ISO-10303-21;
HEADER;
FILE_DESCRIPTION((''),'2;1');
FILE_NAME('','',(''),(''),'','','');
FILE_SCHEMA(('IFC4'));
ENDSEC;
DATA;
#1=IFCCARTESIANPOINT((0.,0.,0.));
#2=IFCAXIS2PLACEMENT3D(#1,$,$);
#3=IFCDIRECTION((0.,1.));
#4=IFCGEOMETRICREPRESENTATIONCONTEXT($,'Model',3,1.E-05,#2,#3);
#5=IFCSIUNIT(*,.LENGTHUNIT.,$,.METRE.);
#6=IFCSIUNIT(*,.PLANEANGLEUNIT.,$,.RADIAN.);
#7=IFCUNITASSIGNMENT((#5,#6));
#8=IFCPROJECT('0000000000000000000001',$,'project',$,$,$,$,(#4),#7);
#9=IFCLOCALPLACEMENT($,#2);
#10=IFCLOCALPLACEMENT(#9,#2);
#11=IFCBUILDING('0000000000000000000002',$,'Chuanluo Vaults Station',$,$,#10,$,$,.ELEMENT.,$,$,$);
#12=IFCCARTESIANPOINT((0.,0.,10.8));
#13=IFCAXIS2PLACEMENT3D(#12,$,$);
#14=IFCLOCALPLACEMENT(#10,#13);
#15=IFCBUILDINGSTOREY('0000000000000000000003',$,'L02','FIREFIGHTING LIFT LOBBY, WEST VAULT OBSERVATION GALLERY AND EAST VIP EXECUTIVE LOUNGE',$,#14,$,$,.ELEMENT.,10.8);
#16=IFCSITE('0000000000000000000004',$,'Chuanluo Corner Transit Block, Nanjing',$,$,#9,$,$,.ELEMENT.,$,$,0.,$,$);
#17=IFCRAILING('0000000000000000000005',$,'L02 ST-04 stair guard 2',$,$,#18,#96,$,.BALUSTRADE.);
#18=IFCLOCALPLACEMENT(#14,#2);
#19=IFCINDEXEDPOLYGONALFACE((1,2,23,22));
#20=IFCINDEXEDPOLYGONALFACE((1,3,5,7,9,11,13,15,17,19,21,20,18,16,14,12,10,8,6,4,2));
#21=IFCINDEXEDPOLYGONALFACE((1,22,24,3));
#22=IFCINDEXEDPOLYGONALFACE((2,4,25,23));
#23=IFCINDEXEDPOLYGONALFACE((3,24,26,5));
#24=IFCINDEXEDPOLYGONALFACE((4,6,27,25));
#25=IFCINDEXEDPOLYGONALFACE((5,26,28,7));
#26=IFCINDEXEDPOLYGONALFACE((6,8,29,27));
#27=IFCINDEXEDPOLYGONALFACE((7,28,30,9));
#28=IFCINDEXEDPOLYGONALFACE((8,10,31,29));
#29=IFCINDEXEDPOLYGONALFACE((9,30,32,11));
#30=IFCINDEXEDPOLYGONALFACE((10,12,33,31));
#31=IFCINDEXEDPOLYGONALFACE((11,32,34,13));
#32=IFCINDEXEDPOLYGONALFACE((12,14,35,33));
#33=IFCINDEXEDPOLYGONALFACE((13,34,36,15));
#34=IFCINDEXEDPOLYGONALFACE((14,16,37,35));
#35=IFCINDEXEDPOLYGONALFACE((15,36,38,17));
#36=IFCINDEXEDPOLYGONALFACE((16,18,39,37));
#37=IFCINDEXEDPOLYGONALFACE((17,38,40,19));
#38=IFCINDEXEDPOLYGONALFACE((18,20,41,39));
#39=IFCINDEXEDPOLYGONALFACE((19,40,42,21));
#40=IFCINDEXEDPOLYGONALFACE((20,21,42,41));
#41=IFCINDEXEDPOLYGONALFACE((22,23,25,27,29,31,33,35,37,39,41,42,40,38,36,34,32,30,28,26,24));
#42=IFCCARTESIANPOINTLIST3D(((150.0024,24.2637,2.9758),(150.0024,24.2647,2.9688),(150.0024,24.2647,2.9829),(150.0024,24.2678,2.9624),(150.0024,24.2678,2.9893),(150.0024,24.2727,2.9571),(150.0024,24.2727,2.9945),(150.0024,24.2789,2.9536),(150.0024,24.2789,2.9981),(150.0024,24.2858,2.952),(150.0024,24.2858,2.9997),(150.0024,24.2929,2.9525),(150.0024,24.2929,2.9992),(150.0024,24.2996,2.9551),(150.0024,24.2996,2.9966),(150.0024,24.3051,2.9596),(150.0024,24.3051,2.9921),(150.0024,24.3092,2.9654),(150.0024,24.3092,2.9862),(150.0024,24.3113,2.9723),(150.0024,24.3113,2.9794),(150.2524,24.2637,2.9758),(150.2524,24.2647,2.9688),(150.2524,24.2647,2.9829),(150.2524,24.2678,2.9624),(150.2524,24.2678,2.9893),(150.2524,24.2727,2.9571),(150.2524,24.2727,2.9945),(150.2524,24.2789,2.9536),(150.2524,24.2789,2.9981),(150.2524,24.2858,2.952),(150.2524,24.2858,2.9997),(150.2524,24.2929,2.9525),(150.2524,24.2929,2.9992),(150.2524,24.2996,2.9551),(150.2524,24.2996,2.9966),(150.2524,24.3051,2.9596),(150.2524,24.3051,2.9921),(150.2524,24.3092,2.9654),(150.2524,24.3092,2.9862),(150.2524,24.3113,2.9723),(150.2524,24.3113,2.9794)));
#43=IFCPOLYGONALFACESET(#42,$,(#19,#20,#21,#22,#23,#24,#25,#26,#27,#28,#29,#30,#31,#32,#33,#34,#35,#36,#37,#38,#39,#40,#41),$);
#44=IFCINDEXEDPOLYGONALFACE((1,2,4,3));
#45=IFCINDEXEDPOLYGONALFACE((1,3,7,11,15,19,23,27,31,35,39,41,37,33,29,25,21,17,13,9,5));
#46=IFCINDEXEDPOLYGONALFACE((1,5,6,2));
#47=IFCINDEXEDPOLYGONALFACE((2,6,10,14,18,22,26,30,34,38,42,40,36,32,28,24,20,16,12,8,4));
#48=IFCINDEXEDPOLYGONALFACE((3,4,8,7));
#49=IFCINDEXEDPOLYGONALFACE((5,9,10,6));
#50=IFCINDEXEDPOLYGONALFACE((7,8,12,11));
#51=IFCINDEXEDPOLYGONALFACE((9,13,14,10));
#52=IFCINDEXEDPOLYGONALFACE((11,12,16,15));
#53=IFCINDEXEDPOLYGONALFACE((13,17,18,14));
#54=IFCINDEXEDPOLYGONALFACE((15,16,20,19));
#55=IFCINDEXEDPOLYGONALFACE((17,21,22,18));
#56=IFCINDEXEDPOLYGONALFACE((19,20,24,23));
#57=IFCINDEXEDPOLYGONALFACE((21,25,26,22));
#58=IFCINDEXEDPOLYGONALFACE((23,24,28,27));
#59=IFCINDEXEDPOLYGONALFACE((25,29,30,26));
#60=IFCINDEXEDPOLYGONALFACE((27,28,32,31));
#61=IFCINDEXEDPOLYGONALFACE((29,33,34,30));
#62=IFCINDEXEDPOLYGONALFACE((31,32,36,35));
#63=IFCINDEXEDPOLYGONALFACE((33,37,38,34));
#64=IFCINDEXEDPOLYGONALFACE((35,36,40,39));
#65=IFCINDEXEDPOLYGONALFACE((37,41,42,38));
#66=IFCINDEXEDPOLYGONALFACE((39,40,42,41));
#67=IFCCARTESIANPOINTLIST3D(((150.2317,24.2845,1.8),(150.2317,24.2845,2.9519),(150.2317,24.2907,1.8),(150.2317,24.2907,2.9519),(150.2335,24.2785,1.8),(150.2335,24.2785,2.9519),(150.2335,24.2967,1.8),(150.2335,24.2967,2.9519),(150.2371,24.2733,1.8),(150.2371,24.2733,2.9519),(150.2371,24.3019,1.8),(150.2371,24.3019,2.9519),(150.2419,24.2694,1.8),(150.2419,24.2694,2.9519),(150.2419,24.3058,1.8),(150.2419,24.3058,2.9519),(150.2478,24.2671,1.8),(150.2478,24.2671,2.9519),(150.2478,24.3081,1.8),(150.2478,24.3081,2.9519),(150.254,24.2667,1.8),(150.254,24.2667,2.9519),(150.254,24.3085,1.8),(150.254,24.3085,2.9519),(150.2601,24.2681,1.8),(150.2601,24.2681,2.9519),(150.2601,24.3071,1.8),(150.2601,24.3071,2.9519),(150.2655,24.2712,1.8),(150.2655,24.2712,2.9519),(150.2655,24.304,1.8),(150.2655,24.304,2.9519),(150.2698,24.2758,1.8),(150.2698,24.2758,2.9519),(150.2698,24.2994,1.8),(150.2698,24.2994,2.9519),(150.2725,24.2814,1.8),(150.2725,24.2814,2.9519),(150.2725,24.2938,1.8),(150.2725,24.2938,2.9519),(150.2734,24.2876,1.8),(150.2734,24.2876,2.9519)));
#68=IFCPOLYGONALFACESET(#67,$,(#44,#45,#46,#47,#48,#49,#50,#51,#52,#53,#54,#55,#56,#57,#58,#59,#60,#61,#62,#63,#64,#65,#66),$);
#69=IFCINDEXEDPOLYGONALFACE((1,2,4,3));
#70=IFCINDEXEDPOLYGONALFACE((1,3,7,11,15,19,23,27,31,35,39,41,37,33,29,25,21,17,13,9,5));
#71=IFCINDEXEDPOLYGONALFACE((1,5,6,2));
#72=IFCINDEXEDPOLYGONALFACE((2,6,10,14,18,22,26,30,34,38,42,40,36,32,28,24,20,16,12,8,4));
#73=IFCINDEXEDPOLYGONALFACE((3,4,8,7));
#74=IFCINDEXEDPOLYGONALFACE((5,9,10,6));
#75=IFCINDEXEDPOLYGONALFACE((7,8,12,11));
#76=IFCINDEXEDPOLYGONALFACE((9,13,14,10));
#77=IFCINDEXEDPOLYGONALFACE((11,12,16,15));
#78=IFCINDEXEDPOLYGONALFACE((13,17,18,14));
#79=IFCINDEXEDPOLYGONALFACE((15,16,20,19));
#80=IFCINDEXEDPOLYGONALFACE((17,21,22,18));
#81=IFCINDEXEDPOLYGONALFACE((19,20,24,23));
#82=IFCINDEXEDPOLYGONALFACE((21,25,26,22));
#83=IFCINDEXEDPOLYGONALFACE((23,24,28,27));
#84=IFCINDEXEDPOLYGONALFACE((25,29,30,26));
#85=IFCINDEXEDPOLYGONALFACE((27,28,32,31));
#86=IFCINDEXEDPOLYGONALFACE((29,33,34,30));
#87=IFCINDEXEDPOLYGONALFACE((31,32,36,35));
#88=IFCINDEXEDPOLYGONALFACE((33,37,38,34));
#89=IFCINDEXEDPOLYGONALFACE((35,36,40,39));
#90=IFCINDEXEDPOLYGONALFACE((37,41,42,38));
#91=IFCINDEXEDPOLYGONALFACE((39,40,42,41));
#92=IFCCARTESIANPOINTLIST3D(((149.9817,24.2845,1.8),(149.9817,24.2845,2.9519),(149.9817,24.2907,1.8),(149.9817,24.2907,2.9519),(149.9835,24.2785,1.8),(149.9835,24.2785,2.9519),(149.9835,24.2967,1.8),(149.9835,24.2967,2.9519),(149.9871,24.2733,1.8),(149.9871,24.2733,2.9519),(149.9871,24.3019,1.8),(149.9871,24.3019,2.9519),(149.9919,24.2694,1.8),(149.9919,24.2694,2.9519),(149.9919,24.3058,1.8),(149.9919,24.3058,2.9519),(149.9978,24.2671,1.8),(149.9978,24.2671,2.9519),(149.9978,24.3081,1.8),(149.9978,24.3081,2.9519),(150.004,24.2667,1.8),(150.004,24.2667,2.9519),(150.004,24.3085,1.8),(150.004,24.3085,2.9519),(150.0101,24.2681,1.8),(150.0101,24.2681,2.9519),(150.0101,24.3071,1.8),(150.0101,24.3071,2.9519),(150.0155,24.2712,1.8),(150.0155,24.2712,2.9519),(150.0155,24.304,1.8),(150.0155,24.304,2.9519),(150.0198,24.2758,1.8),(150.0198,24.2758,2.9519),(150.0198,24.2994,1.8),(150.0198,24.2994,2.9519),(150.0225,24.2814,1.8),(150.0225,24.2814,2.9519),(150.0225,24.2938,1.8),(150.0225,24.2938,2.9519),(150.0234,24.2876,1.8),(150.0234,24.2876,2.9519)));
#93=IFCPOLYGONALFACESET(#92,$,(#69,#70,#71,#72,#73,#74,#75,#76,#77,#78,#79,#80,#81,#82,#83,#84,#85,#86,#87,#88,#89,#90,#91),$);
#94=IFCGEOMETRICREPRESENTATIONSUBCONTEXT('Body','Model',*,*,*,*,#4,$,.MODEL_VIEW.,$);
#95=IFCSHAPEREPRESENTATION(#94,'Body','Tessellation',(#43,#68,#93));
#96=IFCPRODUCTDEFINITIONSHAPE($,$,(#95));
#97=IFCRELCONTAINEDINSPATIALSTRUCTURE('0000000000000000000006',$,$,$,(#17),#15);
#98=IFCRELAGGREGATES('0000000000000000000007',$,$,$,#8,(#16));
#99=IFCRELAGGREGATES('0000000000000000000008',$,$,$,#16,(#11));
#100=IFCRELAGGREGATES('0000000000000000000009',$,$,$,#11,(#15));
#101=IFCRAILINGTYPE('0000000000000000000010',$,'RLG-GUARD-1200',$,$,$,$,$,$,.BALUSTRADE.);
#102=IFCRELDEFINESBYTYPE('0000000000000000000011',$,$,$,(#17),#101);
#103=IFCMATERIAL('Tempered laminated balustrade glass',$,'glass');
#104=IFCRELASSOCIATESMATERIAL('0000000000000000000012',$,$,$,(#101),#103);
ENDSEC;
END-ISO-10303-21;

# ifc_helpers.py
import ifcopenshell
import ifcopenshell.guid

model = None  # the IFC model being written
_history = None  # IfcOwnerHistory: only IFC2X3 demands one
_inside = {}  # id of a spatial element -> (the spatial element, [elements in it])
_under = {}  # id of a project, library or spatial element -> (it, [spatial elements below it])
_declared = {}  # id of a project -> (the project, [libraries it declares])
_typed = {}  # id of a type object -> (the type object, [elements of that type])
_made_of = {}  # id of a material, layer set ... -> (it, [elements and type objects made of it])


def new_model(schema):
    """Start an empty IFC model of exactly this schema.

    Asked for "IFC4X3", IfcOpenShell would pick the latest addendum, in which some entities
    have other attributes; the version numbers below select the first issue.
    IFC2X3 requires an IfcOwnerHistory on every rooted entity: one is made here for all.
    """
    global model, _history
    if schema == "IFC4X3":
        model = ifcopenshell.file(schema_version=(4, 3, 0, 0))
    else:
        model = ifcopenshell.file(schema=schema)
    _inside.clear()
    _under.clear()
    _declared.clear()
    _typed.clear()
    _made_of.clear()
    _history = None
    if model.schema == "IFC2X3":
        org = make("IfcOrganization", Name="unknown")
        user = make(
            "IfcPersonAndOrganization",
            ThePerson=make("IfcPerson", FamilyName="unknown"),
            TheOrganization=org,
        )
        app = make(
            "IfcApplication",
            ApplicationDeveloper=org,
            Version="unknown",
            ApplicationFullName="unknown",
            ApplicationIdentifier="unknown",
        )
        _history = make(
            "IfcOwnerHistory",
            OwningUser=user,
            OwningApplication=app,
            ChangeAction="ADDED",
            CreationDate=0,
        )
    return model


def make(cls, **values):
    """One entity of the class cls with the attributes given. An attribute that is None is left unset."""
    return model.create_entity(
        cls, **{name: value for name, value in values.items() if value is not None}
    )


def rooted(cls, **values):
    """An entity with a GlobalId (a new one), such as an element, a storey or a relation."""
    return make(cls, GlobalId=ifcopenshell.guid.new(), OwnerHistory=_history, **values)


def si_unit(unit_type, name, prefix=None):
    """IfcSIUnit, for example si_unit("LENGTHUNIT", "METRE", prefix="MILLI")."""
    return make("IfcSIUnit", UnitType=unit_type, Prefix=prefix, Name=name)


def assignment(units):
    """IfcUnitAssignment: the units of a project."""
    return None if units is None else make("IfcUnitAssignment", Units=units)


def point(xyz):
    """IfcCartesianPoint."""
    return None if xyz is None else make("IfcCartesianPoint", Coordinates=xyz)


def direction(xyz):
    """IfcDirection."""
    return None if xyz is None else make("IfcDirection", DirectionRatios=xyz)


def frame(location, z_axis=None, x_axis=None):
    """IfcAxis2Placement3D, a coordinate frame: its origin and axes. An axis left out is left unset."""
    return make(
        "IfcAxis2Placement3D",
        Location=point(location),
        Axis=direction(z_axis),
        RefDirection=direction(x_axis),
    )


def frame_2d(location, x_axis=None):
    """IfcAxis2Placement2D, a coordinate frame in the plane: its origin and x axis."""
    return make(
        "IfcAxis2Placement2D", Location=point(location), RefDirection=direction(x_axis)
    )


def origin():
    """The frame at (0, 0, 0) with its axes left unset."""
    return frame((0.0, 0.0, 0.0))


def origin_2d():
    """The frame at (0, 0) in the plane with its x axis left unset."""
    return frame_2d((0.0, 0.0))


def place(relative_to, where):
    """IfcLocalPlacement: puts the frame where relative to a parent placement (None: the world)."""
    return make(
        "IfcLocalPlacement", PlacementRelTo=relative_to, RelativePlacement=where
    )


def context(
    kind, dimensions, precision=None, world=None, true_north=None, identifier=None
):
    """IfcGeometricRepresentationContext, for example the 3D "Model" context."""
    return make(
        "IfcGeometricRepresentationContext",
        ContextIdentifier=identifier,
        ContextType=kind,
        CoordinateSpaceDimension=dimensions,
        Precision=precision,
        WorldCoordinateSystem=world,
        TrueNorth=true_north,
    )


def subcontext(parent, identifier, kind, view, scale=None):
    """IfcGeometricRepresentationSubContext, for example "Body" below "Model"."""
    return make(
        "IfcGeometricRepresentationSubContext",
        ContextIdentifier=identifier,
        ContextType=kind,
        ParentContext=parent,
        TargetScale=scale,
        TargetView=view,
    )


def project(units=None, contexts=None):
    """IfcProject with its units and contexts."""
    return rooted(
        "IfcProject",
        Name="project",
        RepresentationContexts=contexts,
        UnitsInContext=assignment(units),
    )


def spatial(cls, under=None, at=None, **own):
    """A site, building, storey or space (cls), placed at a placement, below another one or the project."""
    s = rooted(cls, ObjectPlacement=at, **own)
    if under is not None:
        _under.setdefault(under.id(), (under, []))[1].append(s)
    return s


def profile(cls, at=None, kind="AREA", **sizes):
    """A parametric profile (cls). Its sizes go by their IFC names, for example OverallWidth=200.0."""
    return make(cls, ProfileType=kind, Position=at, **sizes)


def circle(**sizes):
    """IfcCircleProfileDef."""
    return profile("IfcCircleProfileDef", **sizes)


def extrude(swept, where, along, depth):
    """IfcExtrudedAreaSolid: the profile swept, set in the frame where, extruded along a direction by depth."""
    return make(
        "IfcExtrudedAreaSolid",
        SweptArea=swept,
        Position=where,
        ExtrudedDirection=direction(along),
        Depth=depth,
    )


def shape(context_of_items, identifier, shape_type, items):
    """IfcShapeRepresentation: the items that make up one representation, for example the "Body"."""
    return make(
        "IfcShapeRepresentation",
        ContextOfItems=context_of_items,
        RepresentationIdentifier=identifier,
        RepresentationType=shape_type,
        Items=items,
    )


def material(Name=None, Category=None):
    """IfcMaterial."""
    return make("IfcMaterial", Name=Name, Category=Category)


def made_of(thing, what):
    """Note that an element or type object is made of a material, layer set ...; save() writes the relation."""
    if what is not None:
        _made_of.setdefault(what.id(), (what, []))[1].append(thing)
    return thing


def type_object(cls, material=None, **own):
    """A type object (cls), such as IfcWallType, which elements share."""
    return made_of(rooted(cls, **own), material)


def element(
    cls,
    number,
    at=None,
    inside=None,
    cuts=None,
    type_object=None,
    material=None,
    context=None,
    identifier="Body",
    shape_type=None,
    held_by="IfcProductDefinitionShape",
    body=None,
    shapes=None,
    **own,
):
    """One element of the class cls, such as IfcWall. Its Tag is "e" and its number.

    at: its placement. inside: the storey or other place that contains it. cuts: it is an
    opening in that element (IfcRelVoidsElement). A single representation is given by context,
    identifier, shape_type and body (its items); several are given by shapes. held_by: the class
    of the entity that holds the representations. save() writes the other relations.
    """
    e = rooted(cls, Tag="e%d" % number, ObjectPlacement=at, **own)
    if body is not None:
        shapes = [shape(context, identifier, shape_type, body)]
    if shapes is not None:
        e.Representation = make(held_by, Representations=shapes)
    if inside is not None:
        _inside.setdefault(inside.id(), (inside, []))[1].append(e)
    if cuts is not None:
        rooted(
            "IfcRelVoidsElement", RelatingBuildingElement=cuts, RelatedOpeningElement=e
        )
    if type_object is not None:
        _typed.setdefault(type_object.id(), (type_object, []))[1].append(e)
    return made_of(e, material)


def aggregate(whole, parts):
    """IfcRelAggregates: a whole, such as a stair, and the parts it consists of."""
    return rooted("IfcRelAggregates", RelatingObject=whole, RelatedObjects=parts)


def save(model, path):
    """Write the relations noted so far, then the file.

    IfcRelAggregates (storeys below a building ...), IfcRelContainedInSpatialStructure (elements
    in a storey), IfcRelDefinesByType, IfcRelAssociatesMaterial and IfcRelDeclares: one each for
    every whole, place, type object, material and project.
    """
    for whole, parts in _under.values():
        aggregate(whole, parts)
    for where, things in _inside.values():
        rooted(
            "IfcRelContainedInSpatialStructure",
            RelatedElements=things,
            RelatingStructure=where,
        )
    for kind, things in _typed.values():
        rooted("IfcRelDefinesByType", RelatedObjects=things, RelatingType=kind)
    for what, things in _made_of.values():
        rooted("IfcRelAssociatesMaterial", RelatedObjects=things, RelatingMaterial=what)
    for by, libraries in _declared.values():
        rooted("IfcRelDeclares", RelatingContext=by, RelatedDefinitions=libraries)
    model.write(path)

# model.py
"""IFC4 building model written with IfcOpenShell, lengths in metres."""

from ifc_helpers import new_model, si_unit, direction, frame, origin, origin_2d, place, context, subcontext, project, spatial, circle, extrude, material, type_object, element, save


model = new_model("IFC4")

# Units and contexts
model_context = context("Model", 3, precision=1e-05, world=origin(), true_north=direction((0.0, 1.0)))
body_context = subcontext(model_context, "Body", "Model", "MODEL_VIEW")
ifc_project = project(units=[si_unit("LENGTHUNIT", "METRE"), si_unit("PLANEANGLEUNIT", "RADIAN")], contexts=[model_context])

# Site, building, storey
site_placement = place(None, origin())
site = spatial("IfcSite", under=ifc_project, at=site_placement, Name="Chuanluo Corner Transit Block, Nanjing", CompositionType="ELEMENT", RefElevation=0.0)
building_placement = place(site_placement, origin())
building = spatial("IfcBuilding", under=site, at=building_placement, Name="Chuanluo Vaults Station", CompositionType="ELEMENT")
storey_placement = place(building_placement, frame((0.0, 0.0, 10.8)))
storey = spatial("IfcBuildingStorey", under=building, at=storey_placement, Name="L02", Description="FIREFIGHTING LIFT LOBBY, WEST VAULT OBSERVATION GALLERY AND EAST VIP EXECUTIVE LOUNGE", CompositionType="ELEMENT", Elevation=10.8)

# Railing
ifc_material_1 = material(Name="Tempered laminated balustrade glass", Category="glass")
railing_type_1 = type_object("IfcRailingType", Name="RLG-GUARD-1200", PredefinedType="BALUSTRADE", material=ifc_material_1)
railing_1_placement = place(storey_placement, frame((150.2524, 24.2876, 1.8)))
element("IfcRailing", 1, at=railing_1_placement, inside=storey, type_object=railing_type_1, Name="L02 ST-04 stair guard 2", PredefinedType="BALUSTRADE", context=body_context, shape_type="SweptSolid", body=[
    extrude(circle(Radius=0.0239, at=origin_2d()), frame((0.0, 0.0, 1.1758), z_axis=(-1.0, 0.0, 0.0), x_axis=(0.0, -1.0, 0.0)), (0.0, 0.0, 1.0), 0.25),
    extrude(circle(Radius=0.021, at=origin_2d()), origin(), (0.0, 0.0, 1.0), 1.1519),
    extrude(circle(Radius=0.021, at=origin_2d()), frame((-0.25, 0.0, 0.0)), (0.0, 0.0, 1.0), 1.1519),
])

save(model, "model.ifc")
